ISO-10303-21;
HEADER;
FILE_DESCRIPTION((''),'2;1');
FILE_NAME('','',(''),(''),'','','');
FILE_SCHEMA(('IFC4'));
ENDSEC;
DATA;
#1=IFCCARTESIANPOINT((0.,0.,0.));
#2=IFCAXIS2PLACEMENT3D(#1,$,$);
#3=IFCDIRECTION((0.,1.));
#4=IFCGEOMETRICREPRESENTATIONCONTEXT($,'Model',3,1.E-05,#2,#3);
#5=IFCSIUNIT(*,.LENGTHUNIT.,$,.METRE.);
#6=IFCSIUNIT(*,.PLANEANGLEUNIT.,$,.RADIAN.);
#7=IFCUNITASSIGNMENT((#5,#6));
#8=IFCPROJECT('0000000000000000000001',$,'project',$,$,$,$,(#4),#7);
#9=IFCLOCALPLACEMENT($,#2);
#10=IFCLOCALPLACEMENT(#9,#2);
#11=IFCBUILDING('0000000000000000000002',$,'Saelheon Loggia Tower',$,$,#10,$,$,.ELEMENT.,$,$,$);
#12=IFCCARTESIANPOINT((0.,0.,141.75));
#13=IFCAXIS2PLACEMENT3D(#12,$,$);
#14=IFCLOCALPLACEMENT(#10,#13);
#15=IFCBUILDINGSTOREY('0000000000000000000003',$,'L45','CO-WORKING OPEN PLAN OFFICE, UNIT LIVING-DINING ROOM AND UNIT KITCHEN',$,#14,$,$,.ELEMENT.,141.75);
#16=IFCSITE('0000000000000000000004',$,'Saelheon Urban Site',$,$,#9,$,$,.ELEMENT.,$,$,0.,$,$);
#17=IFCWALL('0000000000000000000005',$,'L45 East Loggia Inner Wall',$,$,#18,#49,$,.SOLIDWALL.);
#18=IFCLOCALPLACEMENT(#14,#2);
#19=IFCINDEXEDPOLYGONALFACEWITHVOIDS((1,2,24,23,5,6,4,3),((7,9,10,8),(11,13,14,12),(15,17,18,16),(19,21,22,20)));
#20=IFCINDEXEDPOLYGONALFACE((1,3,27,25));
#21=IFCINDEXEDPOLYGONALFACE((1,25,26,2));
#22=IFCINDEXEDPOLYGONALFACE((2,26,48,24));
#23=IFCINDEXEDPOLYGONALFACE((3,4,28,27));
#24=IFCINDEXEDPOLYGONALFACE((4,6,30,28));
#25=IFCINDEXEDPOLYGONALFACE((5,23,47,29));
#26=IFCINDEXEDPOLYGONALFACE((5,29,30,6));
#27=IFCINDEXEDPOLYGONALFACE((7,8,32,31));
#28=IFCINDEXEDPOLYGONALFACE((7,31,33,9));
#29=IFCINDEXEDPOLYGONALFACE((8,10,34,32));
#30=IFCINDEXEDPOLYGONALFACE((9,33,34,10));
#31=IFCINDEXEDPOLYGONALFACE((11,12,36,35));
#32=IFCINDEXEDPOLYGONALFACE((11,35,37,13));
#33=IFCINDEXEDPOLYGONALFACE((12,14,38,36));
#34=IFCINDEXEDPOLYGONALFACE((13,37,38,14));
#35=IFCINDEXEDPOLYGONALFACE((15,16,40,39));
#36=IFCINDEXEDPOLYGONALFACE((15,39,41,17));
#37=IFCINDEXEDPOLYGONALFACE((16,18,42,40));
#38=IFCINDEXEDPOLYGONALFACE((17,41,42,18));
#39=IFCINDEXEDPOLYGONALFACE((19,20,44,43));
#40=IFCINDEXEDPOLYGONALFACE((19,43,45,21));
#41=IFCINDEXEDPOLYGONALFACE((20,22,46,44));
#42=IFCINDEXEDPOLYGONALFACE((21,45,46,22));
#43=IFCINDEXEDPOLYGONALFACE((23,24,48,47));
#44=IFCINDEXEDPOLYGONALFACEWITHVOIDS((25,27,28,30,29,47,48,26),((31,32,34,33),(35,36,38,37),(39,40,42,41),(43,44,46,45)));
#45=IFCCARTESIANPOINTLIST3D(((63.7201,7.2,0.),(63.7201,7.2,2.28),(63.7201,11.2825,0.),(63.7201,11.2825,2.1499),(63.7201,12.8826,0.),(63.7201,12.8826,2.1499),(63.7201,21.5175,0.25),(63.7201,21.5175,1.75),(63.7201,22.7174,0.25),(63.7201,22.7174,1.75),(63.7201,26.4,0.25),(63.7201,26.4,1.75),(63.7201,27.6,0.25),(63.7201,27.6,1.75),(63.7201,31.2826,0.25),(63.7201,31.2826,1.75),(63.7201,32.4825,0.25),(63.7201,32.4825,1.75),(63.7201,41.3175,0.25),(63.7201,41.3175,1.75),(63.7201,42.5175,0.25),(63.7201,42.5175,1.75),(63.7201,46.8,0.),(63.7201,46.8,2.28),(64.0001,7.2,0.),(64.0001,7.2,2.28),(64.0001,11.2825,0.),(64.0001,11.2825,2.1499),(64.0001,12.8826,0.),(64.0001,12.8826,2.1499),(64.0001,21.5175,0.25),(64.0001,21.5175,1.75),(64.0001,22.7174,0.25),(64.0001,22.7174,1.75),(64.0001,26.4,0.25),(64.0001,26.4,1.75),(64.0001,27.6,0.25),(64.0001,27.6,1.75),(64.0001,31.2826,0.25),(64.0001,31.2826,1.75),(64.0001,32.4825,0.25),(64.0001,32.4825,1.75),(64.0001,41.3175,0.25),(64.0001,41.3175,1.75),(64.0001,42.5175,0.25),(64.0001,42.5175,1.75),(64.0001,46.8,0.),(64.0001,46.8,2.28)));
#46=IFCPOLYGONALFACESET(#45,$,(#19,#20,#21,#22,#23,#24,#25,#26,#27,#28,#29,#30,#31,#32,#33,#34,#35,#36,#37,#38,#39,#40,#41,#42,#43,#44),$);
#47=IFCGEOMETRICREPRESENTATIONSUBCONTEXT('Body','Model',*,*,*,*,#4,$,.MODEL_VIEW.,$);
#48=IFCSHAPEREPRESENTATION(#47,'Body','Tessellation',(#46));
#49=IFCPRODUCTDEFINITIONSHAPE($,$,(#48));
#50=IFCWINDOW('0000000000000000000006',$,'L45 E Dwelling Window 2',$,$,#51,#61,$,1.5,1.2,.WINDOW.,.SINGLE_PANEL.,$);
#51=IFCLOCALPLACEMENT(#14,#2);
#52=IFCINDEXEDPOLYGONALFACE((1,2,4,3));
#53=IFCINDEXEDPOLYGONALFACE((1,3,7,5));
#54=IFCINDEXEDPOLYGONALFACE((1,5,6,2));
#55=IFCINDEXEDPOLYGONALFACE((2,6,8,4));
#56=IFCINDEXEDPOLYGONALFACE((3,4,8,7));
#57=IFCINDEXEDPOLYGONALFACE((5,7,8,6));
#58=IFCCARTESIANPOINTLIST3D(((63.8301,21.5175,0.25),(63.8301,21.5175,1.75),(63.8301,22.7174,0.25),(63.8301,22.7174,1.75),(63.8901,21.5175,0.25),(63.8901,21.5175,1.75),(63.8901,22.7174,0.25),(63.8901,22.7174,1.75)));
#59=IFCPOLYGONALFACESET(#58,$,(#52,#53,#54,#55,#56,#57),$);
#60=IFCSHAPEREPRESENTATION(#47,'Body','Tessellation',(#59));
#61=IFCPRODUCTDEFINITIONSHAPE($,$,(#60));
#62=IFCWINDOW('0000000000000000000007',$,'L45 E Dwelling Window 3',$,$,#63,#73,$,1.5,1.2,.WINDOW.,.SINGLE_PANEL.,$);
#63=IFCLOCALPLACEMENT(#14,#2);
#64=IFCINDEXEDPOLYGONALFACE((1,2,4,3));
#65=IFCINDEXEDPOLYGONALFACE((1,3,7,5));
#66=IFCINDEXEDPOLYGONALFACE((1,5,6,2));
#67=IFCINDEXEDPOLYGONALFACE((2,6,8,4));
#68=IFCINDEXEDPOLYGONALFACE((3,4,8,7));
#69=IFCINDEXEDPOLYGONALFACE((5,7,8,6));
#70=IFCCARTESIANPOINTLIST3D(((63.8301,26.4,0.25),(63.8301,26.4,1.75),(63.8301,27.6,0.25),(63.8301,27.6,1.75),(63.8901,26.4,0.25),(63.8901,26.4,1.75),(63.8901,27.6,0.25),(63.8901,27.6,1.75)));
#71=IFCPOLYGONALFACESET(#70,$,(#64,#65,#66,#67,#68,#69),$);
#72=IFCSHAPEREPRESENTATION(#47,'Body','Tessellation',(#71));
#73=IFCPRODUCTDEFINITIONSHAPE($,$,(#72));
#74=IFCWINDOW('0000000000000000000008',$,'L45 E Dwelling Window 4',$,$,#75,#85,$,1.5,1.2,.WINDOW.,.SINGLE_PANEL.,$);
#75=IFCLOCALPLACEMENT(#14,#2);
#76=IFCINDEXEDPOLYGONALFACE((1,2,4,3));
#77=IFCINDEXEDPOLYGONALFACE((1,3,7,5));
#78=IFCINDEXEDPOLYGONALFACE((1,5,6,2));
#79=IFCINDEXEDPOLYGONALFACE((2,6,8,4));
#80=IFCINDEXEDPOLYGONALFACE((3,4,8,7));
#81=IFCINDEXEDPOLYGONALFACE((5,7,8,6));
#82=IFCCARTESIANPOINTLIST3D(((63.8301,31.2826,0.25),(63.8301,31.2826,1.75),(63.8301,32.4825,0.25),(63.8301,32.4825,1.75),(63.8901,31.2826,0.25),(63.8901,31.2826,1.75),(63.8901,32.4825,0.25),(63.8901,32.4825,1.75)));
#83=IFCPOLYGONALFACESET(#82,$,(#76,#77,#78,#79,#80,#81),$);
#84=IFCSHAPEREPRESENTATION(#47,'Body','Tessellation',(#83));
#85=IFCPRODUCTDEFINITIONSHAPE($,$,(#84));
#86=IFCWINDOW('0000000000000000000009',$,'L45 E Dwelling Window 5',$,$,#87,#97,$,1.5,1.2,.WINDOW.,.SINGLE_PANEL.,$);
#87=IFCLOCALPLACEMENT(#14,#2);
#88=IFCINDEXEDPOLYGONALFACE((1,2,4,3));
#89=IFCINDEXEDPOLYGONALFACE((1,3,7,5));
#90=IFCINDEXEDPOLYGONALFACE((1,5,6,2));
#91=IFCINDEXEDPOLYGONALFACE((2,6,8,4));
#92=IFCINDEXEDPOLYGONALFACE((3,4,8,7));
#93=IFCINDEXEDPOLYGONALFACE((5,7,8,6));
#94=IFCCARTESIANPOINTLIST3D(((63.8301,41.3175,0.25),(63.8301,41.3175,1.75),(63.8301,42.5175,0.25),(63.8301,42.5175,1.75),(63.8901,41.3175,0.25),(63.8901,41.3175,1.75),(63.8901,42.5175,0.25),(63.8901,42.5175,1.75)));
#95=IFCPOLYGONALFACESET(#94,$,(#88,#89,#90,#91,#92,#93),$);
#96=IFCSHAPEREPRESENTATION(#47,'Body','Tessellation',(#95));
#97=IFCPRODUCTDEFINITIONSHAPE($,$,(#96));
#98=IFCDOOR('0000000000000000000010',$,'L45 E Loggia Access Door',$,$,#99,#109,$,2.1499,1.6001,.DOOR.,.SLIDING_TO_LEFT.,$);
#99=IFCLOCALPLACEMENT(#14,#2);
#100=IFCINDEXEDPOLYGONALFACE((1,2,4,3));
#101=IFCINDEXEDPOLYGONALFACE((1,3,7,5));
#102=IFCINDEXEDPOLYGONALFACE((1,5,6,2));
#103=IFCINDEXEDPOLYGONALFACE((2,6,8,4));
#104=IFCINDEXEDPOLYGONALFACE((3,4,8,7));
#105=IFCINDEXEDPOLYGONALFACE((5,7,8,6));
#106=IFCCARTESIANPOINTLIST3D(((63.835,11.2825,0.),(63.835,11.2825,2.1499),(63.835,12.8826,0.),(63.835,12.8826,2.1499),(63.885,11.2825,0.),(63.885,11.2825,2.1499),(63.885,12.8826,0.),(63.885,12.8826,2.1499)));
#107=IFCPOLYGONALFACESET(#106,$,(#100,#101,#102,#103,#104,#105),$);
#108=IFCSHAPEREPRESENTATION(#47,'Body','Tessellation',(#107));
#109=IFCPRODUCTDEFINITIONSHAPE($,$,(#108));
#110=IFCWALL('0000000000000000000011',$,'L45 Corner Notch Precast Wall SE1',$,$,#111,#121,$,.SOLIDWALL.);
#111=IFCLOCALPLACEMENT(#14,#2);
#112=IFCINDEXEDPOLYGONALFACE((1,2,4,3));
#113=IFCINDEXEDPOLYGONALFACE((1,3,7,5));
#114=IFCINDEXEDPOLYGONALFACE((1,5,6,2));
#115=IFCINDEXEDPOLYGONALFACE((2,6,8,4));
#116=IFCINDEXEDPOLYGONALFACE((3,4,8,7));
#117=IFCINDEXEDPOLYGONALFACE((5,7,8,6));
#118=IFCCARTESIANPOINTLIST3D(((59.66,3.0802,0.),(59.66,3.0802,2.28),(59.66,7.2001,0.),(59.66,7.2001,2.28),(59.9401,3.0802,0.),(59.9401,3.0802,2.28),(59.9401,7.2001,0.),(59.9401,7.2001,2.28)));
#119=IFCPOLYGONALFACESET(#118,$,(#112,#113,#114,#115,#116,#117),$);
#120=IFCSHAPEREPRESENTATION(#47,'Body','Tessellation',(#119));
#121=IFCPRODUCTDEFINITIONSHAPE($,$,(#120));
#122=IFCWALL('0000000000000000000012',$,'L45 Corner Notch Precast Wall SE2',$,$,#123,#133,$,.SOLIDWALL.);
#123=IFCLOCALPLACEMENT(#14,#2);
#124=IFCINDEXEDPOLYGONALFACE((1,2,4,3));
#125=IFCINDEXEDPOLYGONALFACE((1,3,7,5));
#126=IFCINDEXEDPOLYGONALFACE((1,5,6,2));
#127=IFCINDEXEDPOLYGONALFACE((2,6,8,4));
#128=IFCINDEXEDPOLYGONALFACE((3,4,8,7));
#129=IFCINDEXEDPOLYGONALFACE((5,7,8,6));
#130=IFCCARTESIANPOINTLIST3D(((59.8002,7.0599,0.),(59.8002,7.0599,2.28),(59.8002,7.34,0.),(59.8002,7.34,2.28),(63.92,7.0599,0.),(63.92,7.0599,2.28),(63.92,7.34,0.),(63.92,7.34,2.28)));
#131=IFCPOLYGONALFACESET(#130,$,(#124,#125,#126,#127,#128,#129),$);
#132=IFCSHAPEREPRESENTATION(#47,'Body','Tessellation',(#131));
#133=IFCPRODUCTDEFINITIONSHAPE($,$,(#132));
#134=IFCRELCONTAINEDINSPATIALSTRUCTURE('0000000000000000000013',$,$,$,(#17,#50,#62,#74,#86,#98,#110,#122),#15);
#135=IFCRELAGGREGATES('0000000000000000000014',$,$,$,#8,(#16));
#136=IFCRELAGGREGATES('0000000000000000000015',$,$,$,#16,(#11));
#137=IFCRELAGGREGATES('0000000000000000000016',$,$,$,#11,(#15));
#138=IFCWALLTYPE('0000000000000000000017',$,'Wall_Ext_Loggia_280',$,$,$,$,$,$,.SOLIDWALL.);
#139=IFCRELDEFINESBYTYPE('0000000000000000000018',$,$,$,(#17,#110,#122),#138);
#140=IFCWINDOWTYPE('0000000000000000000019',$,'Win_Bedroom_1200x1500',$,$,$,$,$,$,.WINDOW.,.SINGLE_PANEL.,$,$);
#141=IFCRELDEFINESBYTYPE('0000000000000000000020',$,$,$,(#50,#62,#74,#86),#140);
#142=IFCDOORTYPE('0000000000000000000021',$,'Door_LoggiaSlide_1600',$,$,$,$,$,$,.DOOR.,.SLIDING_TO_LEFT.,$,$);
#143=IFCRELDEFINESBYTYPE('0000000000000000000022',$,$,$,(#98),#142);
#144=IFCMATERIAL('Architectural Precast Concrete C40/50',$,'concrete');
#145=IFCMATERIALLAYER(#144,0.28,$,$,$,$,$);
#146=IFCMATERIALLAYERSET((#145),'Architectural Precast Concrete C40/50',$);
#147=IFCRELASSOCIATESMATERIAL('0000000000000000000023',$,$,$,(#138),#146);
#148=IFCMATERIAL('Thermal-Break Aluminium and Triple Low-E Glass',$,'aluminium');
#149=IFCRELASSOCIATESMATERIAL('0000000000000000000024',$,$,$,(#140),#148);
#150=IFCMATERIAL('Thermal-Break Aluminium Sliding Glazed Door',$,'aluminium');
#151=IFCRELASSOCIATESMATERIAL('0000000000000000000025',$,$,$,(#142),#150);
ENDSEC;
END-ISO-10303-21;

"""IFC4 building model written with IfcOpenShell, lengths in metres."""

from ifc_helpers import new_model, si_unit, direction, frame, frame_2d, origin, place, context, subcontext, project, spatial, rectangle, extrude, source, transform, mapped, material, layer, layer_set, type_object, element, fill, save


model = new_model("IFC4")

# Units and contexts
model_context = context("Model", 3, precision=1e-05, world=origin(), true_north=direction((0.0, 1.0)))
body_context = subcontext(model_context, "Body", "Model", "MODEL_VIEW")
ifc_project = project(units=[si_unit("LENGTHUNIT", "METRE"), si_unit("PLANEANGLEUNIT", "RADIAN")], contexts=[model_context])

# Site, building, storey
site_placement = place(None, origin())
site = spatial("IfcSite", under=ifc_project, at=site_placement, Name="Saelheon Urban Site", CompositionType="ELEMENT", RefElevation=0.0)
building_placement = place(site_placement, origin())
building = spatial("IfcBuilding", under=site, at=building_placement, Name="Saelheon Loggia Tower", CompositionType="ELEMENT")
storey_placement = place(building_placement, frame((0.0, 0.0, 141.75)))
storey = spatial("IfcBuildingStorey", under=building, at=storey_placement, Name="L45", Description="CO-WORKING OPEN PLAN OFFICE, UNIT LIVING-DINING ROOM AND UNIT KITCHEN", CompositionType="ELEMENT", Elevation=141.75)

# Wall, openings, windows, door
ifc_material_1 = material(Name="Architectural Precast Concrete C40/50", Category="concrete")
ifc_layer = layer(ifc_material_1, 0.28)
ifc_layer_set = layer_set([ifc_layer], Name="Architectural Precast Concrete C40/50")
wall_type = type_object("IfcWallType", Name="Wall_Ext_Loggia_280", PredefinedType="SOLIDWALL", material=ifc_layer_set)
wall_placement = place(storey_placement, frame((63.8601, 7.2, 0.0), z_axis=(0.0, 0.0, 1.0), x_axis=(0.0, 1.0, 0.0)))
wall = element("IfcWall", 1, at=wall_placement, inside=storey, type_object=wall_type, Name="L45 East Loggia Inner Wall", PredefinedType="SOLIDWALL", context=body_context, shape_type="SweptSolid", body=[
    extrude(rectangle(XDim=39.6001, YDim=0.28, at=frame_2d((19.8, 0.0))), origin(), (0.0, 0.0, 1.0), 2.28),
])
opening_1_placement = place(wall_placement, frame((5.6826, 0.0, 0.0), z_axis=(0.0, 0.0, 1.0), x_axis=(-1.0, 0.0, 0.0)))
opening_1 = element("IfcOpeningElement", 2, at=opening_1_placement, cuts=wall, PredefinedType="OPENING", context=body_context, shape_type="SweptSolid", body=[
    extrude(rectangle(XDim=1.6001, YDim=2.1499, at=frame_2d((0.8, 1.075))), frame((0.0, 0.1521, 0.0), z_axis=(0.0, -1.0, 0.0), x_axis=(1.0, 0.0, 0.0)), (0.0, 0.0, 1.0), 0.304),
])
opening_2_placement = place(wall_placement, frame((14.3174, 0.0, 0.25)))
opening_2 = element("IfcOpeningElement", 3, at=opening_2_placement, cuts=wall, PredefinedType="OPENING", context=body_context, shape_type="SweptSolid", body=[
    extrude(rectangle(XDim=1.2, YDim=1.5, at=frame_2d((0.6001, 0.75))), frame((0.0, 0.1521, 0.0), z_axis=(0.0, -1.0, 0.0), x_axis=(1.0, 0.0, 0.0)), (0.0, 0.0, 1.0), 0.304),
])
opening_3_placement = place(wall_placement, frame((19.2, 0.0, 0.25)))
opening_3 = element("IfcOpeningElement", 4, at=opening_3_placement, cuts=wall, PredefinedType="OPENING", context=body_context, shape_type="SweptSolid", body=[
    extrude(rectangle(XDim=1.2, YDim=1.5, at=frame_2d((0.6001, 0.75))), frame((0.0, 0.1521, 0.0), z_axis=(0.0, -1.0, 0.0), x_axis=(1.0, 0.0, 0.0)), (0.0, 0.0, 1.0), 0.304),
])
opening_4_placement = place(wall_placement, frame((24.0825, 0.0, 0.25)))
opening_4 = element("IfcOpeningElement", 5, at=opening_4_placement, cuts=wall, PredefinedType="OPENING", context=body_context, shape_type="SweptSolid", body=[
    extrude(rectangle(XDim=1.2, YDim=1.5, at=frame_2d((0.6001, 0.75))), frame((0.0, 0.1521, 0.0), z_axis=(0.0, -1.0, 0.0), x_axis=(1.0, 0.0, 0.0)), (0.0, 0.0, 1.0), 0.304),
])
opening_5_placement = place(wall_placement, frame((34.1174, 0.0, 0.25)))
opening_5 = element("IfcOpeningElement", 6, at=opening_5_placement, cuts=wall, PredefinedType="OPENING", context=body_context, shape_type="SweptSolid", body=[
    extrude(rectangle(XDim=1.2, YDim=1.5, at=frame_2d((0.6001, 0.75))), frame((0.0, 0.1521, 0.0), z_axis=(0.0, -1.0, 0.0), x_axis=(1.0, 0.0, 0.0)), (0.0, 0.0, 1.0), 0.304),
])
ifc_material_2 = material(Name="Thermal-Break Aluminium and Triple Low-E Glass", Category="aluminium")
window_type = type_object("IfcWindowType", Name="Win_Bedroom_1200x1500", PartitioningType="SINGLE_PANEL", PredefinedType="WINDOW", material=ifc_material_2)
shared_shape_1 = source(origin(), body_context, "Body", "SweptSolid", [
    extrude(rectangle(XDim=1.2, YDim=1.5, at=frame_2d((0.6001, 0.75))), frame((0.0, 0.03, 0.0), z_axis=(0.0, -1.0, 0.0), x_axis=(1.0, 0.0, 0.0)), (0.0, 0.0, 1.0), 0.0601),
])
window_1_placement = place(opening_2_placement, origin())
window_1 = element("IfcWindow", 7, at=window_1_placement, inside=storey, type_object=window_type, Name="L45 E Dwelling Window 2", OverallHeight=1.5, OverallWidth=1.2, PartitioningType="SINGLE_PANEL", PredefinedType="WINDOW", context=body_context, shape_type="MappedRepresentation", body=[
    mapped(shared_shape_1, transform((0.0, 0.0, 0.0), scale=1.0)),
])
fill(opening_2, window_1)
window_2_placement = place(opening_3_placement, origin())
window_2 = element("IfcWindow", 8, at=window_2_placement, inside=storey, type_object=window_type, Name="L45 E Dwelling Window 3", OverallHeight=1.5, OverallWidth=1.2, PartitioningType="SINGLE_PANEL", PredefinedType="WINDOW", context=body_context, shape_type="MappedRepresentation", body=[
    mapped(shared_shape_1, transform((0.0, 0.0, 0.0), scale=1.0)),
])
fill(opening_3, window_2)
window_3_placement = place(opening_4_placement, origin())
window_3 = element("IfcWindow", 9, at=window_3_placement, inside=storey, type_object=window_type, Name="L45 E Dwelling Window 4", OverallHeight=1.5, OverallWidth=1.2, PartitioningType="SINGLE_PANEL", PredefinedType="WINDOW", context=body_context, shape_type="MappedRepresentation", body=[
    mapped(shared_shape_1, transform((0.0, 0.0, 0.0), scale=1.0)),
])
fill(opening_4, window_3)
window_4_placement = place(opening_5_placement, origin())
window_4 = element("IfcWindow", 10, at=window_4_placement, inside=storey, type_object=window_type, Name="L45 E Dwelling Window 5", OverallHeight=1.5, OverallWidth=1.2, PartitioningType="SINGLE_PANEL", PredefinedType="WINDOW", context=body_context, shape_type="MappedRepresentation", body=[
    mapped(shared_shape_1, transform((0.0, 0.0, 0.0), scale=1.0)),
])
fill(opening_5, window_4)
ifc_material_3 = material(Name="Thermal-Break Aluminium Sliding Glazed Door", Category="aluminium")
door_type = type_object("IfcDoorType", Name="Door_LoggiaSlide_1600", OperationType="SLIDING_TO_LEFT", PredefinedType="DOOR", material=ifc_material_3)
shared_shape_2 = source(origin(), body_context, "Body", "SweptSolid", [
    extrude(rectangle(XDim=1.6001, YDim=2.1499, at=frame_2d((0.8, 1.075))), frame((0.0, 0.0249, 0.0), z_axis=(0.0, -1.0, 0.0), x_axis=(1.0, 0.0, 0.0)), (0.0, 0.0, 1.0), 0.05),
])
door_placement = place(opening_1_placement, origin())
door = element("IfcDoor", 11, at=door_placement, inside=storey, type_object=door_type, Name="L45 E Loggia Access Door", OperationType="SLIDING_TO_LEFT", OverallHeight=2.1499, OverallWidth=1.6001, PredefinedType="DOOR", context=body_context, shape_type="MappedRepresentation", body=[
    mapped(shared_shape_2, transform((0.0, 0.0, 0.0), scale=1.0)),
])
fill(opening_1, door)

# Walls
for number, where, z_axis, x_axis, name in (
    (12, (59.8, 3.0801, 0.0), (0.0, 0.0, 1.0), (0.0, 1.0, 0.0), "L45 Corner Notch Precast Wall SE1"),
    (13, (59.8, 7.2, 0.0), (0.0, 0.0, 1.0), (1.0, 0.0, 0.0), "L45 Corner Notch Precast Wall SE2"),
):
    element("IfcWall", number, at=place(storey_placement, frame(where, z_axis=z_axis, x_axis=x_axis)), inside=storey, type_object=wall_type, Name=name, PredefinedType="SOLIDWALL", context=body_context, shape_type="SweptSolid", body=[
        extrude(rectangle(XDim=4.1199, YDim=0.28, at=frame_2d((2.0601, 0.0))), origin(), (0.0, 0.0, 1.0), 2.28),
    ])

save(model, "model.ifc")
